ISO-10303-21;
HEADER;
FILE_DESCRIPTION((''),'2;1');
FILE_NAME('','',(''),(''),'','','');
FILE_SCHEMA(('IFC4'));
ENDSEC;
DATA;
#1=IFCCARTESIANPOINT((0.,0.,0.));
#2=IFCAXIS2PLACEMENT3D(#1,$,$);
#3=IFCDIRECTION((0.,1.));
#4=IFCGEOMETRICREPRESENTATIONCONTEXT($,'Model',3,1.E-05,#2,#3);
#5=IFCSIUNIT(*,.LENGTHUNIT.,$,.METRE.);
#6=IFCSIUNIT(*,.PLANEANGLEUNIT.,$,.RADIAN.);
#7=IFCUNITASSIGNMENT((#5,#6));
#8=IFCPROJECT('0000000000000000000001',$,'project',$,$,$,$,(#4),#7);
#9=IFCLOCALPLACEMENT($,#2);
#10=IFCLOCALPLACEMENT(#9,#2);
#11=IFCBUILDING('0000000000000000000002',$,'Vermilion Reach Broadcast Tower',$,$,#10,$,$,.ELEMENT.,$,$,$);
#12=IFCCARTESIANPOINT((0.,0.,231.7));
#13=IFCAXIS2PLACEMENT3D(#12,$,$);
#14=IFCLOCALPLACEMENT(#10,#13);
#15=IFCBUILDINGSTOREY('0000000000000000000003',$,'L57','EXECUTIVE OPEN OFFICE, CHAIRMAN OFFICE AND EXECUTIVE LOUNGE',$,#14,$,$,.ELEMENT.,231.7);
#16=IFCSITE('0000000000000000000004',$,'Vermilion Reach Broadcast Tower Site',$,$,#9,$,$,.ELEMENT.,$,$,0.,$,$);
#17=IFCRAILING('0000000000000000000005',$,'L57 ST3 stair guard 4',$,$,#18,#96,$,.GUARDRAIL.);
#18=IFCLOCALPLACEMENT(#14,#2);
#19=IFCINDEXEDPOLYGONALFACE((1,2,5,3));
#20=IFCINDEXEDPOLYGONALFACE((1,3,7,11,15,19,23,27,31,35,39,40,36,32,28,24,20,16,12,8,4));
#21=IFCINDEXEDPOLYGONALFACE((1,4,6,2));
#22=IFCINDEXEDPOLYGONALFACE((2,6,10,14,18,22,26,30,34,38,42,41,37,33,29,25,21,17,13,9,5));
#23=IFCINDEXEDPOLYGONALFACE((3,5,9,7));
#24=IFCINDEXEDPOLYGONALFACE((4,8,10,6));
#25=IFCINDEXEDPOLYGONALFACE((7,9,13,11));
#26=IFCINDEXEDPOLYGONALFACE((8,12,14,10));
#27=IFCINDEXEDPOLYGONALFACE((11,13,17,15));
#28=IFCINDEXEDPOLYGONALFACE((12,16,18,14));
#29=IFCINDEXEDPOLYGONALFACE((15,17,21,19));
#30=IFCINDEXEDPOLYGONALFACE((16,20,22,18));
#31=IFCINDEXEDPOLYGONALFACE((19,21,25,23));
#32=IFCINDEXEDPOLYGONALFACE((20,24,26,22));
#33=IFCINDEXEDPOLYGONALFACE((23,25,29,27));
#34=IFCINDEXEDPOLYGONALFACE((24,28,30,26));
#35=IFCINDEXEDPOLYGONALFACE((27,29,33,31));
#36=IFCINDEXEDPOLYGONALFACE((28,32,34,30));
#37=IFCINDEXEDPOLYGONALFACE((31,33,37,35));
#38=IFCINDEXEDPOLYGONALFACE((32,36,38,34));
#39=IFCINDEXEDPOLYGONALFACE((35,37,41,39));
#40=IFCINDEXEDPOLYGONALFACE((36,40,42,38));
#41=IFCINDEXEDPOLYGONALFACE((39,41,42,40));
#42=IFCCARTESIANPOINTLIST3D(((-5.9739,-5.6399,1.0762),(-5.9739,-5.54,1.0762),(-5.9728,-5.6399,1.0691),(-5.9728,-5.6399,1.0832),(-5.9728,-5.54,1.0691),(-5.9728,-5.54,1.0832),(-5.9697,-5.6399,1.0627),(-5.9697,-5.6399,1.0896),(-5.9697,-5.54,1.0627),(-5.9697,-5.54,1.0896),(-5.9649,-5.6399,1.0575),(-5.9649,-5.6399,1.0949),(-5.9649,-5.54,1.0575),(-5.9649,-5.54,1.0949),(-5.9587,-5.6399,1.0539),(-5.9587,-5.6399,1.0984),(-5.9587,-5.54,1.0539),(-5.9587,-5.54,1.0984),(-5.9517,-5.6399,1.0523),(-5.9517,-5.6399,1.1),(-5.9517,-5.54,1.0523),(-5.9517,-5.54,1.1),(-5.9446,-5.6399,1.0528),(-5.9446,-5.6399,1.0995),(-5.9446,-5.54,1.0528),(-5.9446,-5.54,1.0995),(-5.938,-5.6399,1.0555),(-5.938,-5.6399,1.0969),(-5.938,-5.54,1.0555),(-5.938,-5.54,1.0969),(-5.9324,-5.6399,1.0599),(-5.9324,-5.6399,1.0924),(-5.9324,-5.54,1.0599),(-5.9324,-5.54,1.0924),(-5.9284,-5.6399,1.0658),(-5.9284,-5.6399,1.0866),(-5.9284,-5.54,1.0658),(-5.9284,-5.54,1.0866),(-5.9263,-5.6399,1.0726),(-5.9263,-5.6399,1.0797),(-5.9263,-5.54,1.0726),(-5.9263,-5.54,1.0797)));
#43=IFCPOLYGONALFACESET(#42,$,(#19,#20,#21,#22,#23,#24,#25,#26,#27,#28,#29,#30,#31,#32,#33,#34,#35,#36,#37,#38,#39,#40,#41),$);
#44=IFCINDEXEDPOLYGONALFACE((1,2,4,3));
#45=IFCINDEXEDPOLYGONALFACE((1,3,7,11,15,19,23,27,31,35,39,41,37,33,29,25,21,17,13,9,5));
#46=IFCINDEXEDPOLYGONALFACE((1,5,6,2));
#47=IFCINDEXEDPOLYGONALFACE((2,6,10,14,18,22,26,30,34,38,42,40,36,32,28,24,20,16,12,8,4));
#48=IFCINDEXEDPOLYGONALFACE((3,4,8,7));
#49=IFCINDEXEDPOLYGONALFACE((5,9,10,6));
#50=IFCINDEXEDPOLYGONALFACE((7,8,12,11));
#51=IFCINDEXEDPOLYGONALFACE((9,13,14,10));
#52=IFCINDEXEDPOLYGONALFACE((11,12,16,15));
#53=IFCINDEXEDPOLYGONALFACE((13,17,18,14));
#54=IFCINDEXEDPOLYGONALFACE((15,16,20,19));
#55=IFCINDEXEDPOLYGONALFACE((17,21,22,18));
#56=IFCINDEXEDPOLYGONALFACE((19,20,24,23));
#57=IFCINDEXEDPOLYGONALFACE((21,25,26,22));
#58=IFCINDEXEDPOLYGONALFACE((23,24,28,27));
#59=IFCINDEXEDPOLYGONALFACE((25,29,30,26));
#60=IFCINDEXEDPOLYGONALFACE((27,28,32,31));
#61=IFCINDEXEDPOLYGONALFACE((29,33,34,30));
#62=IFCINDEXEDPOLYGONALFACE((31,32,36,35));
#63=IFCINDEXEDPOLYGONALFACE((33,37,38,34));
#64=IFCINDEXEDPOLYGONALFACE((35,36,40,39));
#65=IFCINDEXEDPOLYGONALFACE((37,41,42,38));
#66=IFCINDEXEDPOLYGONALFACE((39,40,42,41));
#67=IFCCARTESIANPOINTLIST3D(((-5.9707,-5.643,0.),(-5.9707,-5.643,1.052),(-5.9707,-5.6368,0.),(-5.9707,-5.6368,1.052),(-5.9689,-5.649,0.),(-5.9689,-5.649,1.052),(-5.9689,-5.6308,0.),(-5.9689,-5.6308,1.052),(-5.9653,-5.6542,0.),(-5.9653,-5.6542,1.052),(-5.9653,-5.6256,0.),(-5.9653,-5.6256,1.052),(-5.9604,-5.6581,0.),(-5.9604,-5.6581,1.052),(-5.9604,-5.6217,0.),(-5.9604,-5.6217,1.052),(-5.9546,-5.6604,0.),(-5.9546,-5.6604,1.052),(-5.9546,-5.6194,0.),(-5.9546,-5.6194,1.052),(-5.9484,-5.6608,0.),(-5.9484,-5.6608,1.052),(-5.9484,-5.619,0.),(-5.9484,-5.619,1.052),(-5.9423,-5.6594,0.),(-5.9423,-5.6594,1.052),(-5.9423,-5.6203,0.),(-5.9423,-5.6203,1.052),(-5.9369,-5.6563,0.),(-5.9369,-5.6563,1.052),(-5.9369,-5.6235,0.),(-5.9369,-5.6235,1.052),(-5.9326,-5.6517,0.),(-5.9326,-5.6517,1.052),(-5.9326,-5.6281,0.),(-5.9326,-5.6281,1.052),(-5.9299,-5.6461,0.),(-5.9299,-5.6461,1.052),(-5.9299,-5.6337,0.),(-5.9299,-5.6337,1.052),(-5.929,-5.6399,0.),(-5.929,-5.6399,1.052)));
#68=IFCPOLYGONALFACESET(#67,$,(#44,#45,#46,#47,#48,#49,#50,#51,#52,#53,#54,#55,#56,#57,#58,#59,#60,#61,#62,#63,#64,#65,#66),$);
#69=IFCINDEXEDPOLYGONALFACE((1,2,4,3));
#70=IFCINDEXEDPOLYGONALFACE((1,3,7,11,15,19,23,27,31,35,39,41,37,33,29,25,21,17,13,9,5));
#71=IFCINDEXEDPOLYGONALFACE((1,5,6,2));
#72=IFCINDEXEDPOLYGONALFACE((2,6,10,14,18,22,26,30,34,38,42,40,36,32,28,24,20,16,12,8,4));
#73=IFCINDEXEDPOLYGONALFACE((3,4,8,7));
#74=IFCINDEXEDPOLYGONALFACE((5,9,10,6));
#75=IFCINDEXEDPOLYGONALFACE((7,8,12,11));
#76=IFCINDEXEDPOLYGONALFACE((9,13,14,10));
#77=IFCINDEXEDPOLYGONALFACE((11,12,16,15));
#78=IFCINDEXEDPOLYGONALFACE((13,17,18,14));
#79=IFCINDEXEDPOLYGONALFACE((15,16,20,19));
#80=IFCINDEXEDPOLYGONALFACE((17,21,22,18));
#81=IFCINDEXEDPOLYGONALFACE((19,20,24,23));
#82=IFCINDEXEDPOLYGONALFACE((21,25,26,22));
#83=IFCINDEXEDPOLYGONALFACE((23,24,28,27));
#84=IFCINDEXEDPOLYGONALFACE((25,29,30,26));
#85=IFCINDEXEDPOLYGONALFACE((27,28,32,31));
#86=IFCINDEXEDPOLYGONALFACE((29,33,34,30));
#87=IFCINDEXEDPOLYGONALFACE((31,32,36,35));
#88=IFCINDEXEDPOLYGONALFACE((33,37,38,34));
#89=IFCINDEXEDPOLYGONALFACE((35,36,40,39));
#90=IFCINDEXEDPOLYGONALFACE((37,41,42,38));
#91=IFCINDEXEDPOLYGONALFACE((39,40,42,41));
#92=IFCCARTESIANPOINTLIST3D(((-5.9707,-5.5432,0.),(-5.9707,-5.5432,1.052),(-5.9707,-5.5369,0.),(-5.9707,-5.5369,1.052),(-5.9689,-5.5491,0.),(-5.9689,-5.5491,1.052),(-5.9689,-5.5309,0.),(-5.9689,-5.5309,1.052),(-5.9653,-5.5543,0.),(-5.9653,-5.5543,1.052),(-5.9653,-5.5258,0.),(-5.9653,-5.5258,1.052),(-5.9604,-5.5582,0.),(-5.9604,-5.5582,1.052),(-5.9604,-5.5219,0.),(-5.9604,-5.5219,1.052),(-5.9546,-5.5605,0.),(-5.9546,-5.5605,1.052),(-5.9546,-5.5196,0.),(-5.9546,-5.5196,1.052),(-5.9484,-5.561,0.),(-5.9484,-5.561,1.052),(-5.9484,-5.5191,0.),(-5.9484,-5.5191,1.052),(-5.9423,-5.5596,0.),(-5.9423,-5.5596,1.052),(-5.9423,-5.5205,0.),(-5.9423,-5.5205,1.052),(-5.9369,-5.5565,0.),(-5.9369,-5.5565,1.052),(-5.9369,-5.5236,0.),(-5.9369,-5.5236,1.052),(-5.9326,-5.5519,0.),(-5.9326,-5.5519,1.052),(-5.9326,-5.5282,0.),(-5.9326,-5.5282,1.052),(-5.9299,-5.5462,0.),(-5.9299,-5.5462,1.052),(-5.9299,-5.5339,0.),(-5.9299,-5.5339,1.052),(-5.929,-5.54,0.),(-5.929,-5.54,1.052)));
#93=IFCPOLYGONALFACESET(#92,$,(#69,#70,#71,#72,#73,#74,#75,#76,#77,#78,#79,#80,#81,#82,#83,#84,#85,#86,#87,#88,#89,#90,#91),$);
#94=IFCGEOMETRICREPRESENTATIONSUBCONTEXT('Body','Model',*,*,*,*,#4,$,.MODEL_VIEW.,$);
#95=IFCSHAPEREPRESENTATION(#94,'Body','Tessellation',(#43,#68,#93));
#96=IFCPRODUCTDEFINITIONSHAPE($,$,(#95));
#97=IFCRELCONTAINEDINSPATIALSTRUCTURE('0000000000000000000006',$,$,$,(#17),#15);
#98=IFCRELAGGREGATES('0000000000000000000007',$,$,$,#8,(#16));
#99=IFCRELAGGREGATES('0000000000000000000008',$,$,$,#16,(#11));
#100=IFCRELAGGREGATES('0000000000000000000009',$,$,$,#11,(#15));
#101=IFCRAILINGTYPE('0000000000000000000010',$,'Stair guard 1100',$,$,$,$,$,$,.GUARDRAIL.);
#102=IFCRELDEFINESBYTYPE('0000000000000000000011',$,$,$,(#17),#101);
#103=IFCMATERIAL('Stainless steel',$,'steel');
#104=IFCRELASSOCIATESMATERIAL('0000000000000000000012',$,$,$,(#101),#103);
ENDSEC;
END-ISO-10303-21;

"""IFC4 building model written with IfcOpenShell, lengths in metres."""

from ifc_helpers import new_model, si_unit, direction, frame, origin, origin_2d, place, context, subcontext, project, spatial, circle, extrude, material, type_object, element, save


model = new_model("IFC4")

# Units and contexts
model_context = context("Model", 3, precision=1e-05, world=origin(), true_north=direction((0.0, 1.0)))
body_context = subcontext(model_context, "Body", "Model", "MODEL_VIEW")
ifc_project = project(units=[si_unit("LENGTHUNIT", "METRE"), si_unit("PLANEANGLEUNIT", "RADIAN")], contexts=[model_context])

# Site, building, storey
site_placement = place(None, origin())
site = spatial("IfcSite", under=ifc_project, at=site_placement, Name="Vermilion Reach Broadcast Tower Site", CompositionType="ELEMENT", RefElevation=0.0)
building_placement = place(site_placement, origin())
building = spatial("IfcBuilding", under=site, at=building_placement, Name="Vermilion Reach Broadcast Tower", CompositionType="ELEMENT")
storey_placement = place(building_placement, frame((0.0, 0.0, 231.7)))
storey = spatial("IfcBuildingStorey", under=building, at=storey_placement, Name="L57", Description="EXECUTIVE OPEN OFFICE, CHAIRMAN OFFICE AND EXECUTIVE LOUNGE", CompositionType="ELEMENT", Elevation=231.7)

# Railing
ifc_material_1 = material(Name="Stainless steel", Category="steel")
railing_type_1 = type_object("IfcRailingType", Name="Stair guard 1100", PredefinedType="GUARDRAIL", material=ifc_material_1)
railing_1_placement = place(storey_placement, frame((-5.95, -5.6399, 0.0)))
element("IfcRailing", 1, at=railing_1_placement, inside=storey, type_object=railing_type_1, Name="L57 ST3 stair guard 4", PredefinedType="GUARDRAIL", context=body_context, shape_type="SweptSolid", body=[
    extrude(circle(Radius=0.0239, at=origin_2d()), frame((0.0, 0.0, 1.0762), z_axis=(0.0, 1.0, 0.0), x_axis=(-1.0, 0.0, 0.0)), (0.0, 0.0, 1.0), 0.0999),
    extrude(circle(Radius=0.021, at=origin_2d()), origin(), (0.0, 0.0, 1.0), 1.052),
    extrude(circle(Radius=0.021, at=origin_2d()), frame((0.0, 0.0999, 0.0)), (0.0, 0.0, 1.0), 1.052),
])

save(model, "model.ifc")
